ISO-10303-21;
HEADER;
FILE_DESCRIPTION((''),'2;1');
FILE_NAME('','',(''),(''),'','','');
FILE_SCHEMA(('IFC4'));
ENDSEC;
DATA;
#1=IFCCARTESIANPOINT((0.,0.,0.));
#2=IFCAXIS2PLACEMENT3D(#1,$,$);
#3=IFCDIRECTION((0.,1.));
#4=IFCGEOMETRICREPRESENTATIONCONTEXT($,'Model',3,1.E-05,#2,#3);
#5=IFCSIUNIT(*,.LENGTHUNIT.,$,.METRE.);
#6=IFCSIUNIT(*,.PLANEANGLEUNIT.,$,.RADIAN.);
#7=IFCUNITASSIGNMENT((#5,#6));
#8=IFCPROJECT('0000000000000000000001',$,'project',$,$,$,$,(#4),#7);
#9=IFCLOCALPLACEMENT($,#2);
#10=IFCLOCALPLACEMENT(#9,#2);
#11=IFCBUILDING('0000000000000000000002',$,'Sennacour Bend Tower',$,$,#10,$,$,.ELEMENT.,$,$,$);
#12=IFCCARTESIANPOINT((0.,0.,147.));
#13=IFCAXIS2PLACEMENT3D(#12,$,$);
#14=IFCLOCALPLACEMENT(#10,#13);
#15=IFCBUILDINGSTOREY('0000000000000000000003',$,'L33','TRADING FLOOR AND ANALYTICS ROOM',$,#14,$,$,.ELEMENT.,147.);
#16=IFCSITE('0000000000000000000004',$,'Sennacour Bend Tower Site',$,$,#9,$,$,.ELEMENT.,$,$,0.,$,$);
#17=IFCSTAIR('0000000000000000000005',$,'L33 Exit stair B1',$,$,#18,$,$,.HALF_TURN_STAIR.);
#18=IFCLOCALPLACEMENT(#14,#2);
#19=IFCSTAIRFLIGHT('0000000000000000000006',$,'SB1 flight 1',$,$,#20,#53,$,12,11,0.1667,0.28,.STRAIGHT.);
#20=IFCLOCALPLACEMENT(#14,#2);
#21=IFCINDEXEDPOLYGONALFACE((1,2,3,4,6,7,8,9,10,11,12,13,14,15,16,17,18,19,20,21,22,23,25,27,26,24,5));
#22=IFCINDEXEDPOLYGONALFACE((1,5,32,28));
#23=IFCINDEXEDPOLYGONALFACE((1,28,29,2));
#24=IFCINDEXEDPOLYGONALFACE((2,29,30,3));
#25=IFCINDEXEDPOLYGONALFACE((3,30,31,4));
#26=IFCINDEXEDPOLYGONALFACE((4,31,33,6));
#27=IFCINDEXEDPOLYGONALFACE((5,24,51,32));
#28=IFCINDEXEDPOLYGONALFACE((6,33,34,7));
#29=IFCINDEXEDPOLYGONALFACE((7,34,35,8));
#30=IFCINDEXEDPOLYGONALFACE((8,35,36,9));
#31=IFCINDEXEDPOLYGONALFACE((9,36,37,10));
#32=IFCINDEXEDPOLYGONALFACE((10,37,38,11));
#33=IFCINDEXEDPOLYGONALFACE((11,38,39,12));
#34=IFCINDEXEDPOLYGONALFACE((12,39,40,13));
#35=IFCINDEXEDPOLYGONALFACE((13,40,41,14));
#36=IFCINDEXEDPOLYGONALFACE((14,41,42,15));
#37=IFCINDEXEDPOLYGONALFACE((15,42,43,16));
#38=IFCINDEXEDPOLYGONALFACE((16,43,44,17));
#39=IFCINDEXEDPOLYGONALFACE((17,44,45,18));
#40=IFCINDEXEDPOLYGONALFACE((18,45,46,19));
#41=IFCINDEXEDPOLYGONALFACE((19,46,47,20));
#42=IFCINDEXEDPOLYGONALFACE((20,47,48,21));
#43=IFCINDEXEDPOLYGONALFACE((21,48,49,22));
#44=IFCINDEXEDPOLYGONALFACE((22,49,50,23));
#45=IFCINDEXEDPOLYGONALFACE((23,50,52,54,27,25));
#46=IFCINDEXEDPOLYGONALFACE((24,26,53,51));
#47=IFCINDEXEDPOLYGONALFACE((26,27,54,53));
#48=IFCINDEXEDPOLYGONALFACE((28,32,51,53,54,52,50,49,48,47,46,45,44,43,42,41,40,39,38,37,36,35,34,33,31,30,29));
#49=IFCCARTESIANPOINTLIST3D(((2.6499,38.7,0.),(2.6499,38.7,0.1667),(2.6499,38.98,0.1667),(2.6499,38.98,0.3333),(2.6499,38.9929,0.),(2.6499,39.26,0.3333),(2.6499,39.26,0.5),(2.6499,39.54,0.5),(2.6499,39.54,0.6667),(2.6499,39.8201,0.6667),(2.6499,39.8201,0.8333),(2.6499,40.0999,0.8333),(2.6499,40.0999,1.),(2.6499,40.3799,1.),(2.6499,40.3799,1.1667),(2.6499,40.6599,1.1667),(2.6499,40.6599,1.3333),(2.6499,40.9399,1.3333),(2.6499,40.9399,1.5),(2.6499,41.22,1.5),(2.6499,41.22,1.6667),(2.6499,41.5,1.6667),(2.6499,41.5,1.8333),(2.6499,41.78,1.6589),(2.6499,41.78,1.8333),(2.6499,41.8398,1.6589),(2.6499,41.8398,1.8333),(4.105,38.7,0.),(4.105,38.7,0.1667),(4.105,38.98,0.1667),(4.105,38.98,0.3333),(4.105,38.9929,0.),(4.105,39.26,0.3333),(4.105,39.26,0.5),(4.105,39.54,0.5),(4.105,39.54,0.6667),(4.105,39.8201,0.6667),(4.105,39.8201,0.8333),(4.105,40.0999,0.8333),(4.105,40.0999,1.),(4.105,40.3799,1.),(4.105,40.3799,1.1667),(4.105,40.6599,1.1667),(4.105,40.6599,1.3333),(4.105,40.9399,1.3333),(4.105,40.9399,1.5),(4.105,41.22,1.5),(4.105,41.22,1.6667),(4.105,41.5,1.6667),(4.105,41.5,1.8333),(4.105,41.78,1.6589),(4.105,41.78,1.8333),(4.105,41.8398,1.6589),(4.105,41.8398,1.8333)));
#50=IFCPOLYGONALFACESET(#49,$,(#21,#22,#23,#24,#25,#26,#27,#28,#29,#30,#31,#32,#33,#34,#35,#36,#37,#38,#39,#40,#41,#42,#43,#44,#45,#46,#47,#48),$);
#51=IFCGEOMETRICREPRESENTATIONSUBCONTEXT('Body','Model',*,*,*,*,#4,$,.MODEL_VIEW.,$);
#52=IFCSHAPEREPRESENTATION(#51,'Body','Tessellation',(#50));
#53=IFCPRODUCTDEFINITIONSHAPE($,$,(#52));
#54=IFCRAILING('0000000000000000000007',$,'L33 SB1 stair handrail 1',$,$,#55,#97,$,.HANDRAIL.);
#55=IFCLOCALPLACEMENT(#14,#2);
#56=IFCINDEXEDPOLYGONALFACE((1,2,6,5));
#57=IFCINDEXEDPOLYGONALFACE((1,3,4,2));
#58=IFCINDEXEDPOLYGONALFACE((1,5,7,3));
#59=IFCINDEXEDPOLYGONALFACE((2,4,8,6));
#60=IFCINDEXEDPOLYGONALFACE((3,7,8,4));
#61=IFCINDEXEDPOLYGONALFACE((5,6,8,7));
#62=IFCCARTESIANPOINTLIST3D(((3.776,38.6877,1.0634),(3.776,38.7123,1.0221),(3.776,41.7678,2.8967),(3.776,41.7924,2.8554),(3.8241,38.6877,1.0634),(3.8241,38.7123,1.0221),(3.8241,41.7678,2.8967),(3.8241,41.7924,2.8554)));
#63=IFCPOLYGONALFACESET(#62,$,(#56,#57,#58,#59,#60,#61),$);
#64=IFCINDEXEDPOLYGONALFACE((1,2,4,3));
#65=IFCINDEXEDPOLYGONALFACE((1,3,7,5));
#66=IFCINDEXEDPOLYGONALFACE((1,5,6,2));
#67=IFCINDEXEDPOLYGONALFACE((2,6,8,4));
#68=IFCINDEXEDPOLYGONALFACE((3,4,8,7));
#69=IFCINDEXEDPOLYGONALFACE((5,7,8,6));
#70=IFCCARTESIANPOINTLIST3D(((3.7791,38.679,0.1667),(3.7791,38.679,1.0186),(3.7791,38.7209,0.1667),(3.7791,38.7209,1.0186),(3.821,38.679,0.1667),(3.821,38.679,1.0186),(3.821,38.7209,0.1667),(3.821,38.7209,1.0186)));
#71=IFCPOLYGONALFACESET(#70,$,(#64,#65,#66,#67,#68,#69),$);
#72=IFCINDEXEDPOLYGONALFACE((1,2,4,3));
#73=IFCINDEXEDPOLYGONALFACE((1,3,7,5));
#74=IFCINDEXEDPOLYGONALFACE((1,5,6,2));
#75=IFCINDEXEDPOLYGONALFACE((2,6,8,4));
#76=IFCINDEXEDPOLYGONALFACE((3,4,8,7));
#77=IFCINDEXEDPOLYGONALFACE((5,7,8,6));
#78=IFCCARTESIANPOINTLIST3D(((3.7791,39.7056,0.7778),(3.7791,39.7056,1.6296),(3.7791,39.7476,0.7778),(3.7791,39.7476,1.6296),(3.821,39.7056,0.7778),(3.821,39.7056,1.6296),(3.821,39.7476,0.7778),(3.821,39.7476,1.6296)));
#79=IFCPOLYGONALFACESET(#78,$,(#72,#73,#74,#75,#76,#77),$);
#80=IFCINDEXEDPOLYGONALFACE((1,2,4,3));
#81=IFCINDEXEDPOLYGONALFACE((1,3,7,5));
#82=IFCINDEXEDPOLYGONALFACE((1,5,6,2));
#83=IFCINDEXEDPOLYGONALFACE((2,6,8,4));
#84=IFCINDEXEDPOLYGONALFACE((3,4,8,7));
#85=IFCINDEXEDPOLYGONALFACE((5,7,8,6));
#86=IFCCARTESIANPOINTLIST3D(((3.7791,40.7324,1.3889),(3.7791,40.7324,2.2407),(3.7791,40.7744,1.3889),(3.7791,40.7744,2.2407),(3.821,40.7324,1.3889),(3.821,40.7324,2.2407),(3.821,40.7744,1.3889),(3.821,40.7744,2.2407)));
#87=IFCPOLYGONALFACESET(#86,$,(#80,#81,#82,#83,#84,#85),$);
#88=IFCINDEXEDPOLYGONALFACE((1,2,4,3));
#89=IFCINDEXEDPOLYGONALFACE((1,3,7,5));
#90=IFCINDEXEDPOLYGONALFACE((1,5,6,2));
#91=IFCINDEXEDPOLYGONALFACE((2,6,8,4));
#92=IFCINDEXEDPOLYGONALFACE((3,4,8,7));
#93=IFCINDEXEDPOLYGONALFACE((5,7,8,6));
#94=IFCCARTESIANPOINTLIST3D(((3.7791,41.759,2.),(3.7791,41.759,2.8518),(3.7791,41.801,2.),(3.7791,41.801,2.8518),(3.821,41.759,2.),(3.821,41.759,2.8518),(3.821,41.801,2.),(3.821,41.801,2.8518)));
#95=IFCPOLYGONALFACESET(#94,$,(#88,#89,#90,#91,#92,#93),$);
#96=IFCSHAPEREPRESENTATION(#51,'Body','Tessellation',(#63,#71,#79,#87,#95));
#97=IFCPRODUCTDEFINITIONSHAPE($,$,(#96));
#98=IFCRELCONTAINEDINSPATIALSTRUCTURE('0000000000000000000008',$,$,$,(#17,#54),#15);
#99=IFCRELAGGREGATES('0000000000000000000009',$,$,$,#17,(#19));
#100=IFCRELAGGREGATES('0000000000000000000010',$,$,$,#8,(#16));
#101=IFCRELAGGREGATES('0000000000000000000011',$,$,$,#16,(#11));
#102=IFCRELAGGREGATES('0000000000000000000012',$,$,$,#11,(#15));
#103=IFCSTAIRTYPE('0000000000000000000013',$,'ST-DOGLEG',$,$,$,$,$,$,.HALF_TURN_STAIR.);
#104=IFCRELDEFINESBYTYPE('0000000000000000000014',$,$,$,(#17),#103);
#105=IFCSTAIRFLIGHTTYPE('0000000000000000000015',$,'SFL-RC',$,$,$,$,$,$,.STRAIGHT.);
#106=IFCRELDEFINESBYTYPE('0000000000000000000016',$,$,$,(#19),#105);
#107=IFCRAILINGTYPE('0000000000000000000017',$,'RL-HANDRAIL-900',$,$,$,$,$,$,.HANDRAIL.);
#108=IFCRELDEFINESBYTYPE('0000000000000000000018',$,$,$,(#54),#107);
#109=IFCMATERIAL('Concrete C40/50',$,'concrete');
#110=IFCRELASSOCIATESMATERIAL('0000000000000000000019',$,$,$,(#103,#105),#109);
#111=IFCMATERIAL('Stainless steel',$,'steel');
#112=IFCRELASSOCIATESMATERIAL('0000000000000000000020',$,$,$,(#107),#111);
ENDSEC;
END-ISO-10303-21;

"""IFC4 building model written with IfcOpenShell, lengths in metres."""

from ifc_helpers import new_model, si_unit, direction, frame, origin, origin_2d, place, context, subcontext, project, spatial, polyline, rectangle, outline, extrude, material, type_object, element, aggregate, save


model = new_model("IFC4")

# Units and contexts
model_context = context("Model", 3, precision=1e-05, world=origin(), true_north=direction((0.0, 1.0)))
body_context = subcontext(model_context, "Body", "Model", "MODEL_VIEW")
ifc_project = project(units=[si_unit("LENGTHUNIT", "METRE"), si_unit("PLANEANGLEUNIT", "RADIAN")], contexts=[model_context])

# Site, building, storey
site_placement = place(None, origin())
site = spatial("IfcSite", under=ifc_project, at=site_placement, Name="Sennacour Bend Tower Site", CompositionType="ELEMENT", RefElevation=0.0)
building_placement = place(site_placement, origin())
building = spatial("IfcBuilding", under=site, at=building_placement, Name="Sennacour Bend Tower", CompositionType="ELEMENT")
storey_placement = place(building_placement, frame((0.0, 0.0, 147.0)))
storey = spatial("IfcBuildingStorey", under=building, at=storey_placement, Name="L33", Description="TRADING FLOOR AND ANALYTICS ROOM", CompositionType="ELEMENT", Elevation=147.0)

# Shared definitions
ifc_material_1 = material(Name="Stainless steel", Category="steel")

# Stair, stair flight
ifc_material_2 = material(Name="Concrete C40/50", Category="concrete")
stair_type = type_object("IfcStairType", Name="ST-DOGLEG", PredefinedType="HALF_TURN_STAIR", material=ifc_material_2)
stair_placement = place(storey_placement, origin())
stair = element("IfcStair", 1, at=stair_placement, inside=storey, type_object=stair_type, Name="L33 Exit stair B1", PredefinedType="HALF_TURN_STAIR")
stair_flight_type = type_object("IfcStairFlightType", Name="SFL-RC", PredefinedType="STRAIGHT", material=ifc_material_2)
stair_flight_placement = place(storey_placement, frame((3.3774, 38.7, 0.0), z_axis=(0.0, 0.0, 1.0), x_axis=(0.0, 1.0, 0.0)))
stair_flight = element("IfcStairFlight", 2, at=stair_flight_placement, type_object=stair_flight_type, Name="SB1 flight 1", NumberOfRisers=12, NumberOfTreads=11, PredefinedType="STRAIGHT", RiserHeight=0.1667, TreadLength=0.28, context=body_context, shape_type="SweptSolid", body=[
    extrude(outline(polyline([(0.0, 0.0), (0.0, 0.1667), (0.28, 0.1667), (0.28, 0.3333), (0.5601, 0.3333), (0.5601, 0.5), (0.8401, 0.5), (0.8401, 0.6667), (1.1201, 0.6667), (1.1201, 0.8333), (1.3999, 0.8333), (1.3999, 1.0), (1.6799, 1.0), (1.6799, 1.1667), (1.96, 1.1667), (1.96, 1.3333), (2.24, 1.3333), (2.24, 1.5), (2.52, 1.5), (2.52, 1.6667), (2.8, 1.6667), (2.8, 1.8333), (3.0801, 1.8333), (3.1399, 1.8333), (3.1399, 1.6589), (3.0801, 1.6589), (0.293, 0.0), (0.0, 0.0)])), frame((0.0, 0.7275, 0.0), z_axis=(0.0, -1.0, 0.0), x_axis=(1.0, 0.0, 0.0)), (0.0, 0.0, 1.0), 1.4551),
])
aggregate(stair, [stair_flight])

# Railing
railing_type = type_object("IfcRailingType", Name="RL-HANDRAIL-900", PredefinedType="HANDRAIL", material=ifc_material_1)
railing_placement = place(storey_placement, frame((3.8, 38.7, 0.1667)))
element("IfcRailing", 3, at=railing_placement, inside=storey, type_object=railing_type, Name="L33 SB1 stair handrail 1", PredefinedType="HANDRAIL", context=body_context, shape_type="SweptSolid", body=[
    extrude(rectangle(XDim=0.0481, YDim=0.0481, at=origin_2d()), frame((0.0, 0.0, 0.876), z_axis=(0.0, 0.859309, 0.511458), x_axis=(-1.0, 0.0, 0.0)), (0.0, 0.0, 1.0), 3.5845),
    extrude(rectangle(XDim=0.042, YDim=0.042, at=origin_2d()), origin(), (0.0, 0.0, 1.0), 0.8518),
    extrude(rectangle(XDim=0.042, YDim=0.042, at=origin_2d()), frame((0.0, 1.0266, 0.6111)), (0.0, 0.0, 1.0), 0.8518),
    extrude(rectangle(XDim=0.042, YDim=0.042, at=origin_2d()), frame((0.0, 2.0535, 1.2222)), (0.0, 0.0, 1.0), 0.8518),
    extrude(rectangle(XDim=0.042, YDim=0.042, at=origin_2d()), frame((0.0, 3.0801, 1.8333)), (0.0, 0.0, 1.0), 0.8518),
])

save(model, "model.ifc")
